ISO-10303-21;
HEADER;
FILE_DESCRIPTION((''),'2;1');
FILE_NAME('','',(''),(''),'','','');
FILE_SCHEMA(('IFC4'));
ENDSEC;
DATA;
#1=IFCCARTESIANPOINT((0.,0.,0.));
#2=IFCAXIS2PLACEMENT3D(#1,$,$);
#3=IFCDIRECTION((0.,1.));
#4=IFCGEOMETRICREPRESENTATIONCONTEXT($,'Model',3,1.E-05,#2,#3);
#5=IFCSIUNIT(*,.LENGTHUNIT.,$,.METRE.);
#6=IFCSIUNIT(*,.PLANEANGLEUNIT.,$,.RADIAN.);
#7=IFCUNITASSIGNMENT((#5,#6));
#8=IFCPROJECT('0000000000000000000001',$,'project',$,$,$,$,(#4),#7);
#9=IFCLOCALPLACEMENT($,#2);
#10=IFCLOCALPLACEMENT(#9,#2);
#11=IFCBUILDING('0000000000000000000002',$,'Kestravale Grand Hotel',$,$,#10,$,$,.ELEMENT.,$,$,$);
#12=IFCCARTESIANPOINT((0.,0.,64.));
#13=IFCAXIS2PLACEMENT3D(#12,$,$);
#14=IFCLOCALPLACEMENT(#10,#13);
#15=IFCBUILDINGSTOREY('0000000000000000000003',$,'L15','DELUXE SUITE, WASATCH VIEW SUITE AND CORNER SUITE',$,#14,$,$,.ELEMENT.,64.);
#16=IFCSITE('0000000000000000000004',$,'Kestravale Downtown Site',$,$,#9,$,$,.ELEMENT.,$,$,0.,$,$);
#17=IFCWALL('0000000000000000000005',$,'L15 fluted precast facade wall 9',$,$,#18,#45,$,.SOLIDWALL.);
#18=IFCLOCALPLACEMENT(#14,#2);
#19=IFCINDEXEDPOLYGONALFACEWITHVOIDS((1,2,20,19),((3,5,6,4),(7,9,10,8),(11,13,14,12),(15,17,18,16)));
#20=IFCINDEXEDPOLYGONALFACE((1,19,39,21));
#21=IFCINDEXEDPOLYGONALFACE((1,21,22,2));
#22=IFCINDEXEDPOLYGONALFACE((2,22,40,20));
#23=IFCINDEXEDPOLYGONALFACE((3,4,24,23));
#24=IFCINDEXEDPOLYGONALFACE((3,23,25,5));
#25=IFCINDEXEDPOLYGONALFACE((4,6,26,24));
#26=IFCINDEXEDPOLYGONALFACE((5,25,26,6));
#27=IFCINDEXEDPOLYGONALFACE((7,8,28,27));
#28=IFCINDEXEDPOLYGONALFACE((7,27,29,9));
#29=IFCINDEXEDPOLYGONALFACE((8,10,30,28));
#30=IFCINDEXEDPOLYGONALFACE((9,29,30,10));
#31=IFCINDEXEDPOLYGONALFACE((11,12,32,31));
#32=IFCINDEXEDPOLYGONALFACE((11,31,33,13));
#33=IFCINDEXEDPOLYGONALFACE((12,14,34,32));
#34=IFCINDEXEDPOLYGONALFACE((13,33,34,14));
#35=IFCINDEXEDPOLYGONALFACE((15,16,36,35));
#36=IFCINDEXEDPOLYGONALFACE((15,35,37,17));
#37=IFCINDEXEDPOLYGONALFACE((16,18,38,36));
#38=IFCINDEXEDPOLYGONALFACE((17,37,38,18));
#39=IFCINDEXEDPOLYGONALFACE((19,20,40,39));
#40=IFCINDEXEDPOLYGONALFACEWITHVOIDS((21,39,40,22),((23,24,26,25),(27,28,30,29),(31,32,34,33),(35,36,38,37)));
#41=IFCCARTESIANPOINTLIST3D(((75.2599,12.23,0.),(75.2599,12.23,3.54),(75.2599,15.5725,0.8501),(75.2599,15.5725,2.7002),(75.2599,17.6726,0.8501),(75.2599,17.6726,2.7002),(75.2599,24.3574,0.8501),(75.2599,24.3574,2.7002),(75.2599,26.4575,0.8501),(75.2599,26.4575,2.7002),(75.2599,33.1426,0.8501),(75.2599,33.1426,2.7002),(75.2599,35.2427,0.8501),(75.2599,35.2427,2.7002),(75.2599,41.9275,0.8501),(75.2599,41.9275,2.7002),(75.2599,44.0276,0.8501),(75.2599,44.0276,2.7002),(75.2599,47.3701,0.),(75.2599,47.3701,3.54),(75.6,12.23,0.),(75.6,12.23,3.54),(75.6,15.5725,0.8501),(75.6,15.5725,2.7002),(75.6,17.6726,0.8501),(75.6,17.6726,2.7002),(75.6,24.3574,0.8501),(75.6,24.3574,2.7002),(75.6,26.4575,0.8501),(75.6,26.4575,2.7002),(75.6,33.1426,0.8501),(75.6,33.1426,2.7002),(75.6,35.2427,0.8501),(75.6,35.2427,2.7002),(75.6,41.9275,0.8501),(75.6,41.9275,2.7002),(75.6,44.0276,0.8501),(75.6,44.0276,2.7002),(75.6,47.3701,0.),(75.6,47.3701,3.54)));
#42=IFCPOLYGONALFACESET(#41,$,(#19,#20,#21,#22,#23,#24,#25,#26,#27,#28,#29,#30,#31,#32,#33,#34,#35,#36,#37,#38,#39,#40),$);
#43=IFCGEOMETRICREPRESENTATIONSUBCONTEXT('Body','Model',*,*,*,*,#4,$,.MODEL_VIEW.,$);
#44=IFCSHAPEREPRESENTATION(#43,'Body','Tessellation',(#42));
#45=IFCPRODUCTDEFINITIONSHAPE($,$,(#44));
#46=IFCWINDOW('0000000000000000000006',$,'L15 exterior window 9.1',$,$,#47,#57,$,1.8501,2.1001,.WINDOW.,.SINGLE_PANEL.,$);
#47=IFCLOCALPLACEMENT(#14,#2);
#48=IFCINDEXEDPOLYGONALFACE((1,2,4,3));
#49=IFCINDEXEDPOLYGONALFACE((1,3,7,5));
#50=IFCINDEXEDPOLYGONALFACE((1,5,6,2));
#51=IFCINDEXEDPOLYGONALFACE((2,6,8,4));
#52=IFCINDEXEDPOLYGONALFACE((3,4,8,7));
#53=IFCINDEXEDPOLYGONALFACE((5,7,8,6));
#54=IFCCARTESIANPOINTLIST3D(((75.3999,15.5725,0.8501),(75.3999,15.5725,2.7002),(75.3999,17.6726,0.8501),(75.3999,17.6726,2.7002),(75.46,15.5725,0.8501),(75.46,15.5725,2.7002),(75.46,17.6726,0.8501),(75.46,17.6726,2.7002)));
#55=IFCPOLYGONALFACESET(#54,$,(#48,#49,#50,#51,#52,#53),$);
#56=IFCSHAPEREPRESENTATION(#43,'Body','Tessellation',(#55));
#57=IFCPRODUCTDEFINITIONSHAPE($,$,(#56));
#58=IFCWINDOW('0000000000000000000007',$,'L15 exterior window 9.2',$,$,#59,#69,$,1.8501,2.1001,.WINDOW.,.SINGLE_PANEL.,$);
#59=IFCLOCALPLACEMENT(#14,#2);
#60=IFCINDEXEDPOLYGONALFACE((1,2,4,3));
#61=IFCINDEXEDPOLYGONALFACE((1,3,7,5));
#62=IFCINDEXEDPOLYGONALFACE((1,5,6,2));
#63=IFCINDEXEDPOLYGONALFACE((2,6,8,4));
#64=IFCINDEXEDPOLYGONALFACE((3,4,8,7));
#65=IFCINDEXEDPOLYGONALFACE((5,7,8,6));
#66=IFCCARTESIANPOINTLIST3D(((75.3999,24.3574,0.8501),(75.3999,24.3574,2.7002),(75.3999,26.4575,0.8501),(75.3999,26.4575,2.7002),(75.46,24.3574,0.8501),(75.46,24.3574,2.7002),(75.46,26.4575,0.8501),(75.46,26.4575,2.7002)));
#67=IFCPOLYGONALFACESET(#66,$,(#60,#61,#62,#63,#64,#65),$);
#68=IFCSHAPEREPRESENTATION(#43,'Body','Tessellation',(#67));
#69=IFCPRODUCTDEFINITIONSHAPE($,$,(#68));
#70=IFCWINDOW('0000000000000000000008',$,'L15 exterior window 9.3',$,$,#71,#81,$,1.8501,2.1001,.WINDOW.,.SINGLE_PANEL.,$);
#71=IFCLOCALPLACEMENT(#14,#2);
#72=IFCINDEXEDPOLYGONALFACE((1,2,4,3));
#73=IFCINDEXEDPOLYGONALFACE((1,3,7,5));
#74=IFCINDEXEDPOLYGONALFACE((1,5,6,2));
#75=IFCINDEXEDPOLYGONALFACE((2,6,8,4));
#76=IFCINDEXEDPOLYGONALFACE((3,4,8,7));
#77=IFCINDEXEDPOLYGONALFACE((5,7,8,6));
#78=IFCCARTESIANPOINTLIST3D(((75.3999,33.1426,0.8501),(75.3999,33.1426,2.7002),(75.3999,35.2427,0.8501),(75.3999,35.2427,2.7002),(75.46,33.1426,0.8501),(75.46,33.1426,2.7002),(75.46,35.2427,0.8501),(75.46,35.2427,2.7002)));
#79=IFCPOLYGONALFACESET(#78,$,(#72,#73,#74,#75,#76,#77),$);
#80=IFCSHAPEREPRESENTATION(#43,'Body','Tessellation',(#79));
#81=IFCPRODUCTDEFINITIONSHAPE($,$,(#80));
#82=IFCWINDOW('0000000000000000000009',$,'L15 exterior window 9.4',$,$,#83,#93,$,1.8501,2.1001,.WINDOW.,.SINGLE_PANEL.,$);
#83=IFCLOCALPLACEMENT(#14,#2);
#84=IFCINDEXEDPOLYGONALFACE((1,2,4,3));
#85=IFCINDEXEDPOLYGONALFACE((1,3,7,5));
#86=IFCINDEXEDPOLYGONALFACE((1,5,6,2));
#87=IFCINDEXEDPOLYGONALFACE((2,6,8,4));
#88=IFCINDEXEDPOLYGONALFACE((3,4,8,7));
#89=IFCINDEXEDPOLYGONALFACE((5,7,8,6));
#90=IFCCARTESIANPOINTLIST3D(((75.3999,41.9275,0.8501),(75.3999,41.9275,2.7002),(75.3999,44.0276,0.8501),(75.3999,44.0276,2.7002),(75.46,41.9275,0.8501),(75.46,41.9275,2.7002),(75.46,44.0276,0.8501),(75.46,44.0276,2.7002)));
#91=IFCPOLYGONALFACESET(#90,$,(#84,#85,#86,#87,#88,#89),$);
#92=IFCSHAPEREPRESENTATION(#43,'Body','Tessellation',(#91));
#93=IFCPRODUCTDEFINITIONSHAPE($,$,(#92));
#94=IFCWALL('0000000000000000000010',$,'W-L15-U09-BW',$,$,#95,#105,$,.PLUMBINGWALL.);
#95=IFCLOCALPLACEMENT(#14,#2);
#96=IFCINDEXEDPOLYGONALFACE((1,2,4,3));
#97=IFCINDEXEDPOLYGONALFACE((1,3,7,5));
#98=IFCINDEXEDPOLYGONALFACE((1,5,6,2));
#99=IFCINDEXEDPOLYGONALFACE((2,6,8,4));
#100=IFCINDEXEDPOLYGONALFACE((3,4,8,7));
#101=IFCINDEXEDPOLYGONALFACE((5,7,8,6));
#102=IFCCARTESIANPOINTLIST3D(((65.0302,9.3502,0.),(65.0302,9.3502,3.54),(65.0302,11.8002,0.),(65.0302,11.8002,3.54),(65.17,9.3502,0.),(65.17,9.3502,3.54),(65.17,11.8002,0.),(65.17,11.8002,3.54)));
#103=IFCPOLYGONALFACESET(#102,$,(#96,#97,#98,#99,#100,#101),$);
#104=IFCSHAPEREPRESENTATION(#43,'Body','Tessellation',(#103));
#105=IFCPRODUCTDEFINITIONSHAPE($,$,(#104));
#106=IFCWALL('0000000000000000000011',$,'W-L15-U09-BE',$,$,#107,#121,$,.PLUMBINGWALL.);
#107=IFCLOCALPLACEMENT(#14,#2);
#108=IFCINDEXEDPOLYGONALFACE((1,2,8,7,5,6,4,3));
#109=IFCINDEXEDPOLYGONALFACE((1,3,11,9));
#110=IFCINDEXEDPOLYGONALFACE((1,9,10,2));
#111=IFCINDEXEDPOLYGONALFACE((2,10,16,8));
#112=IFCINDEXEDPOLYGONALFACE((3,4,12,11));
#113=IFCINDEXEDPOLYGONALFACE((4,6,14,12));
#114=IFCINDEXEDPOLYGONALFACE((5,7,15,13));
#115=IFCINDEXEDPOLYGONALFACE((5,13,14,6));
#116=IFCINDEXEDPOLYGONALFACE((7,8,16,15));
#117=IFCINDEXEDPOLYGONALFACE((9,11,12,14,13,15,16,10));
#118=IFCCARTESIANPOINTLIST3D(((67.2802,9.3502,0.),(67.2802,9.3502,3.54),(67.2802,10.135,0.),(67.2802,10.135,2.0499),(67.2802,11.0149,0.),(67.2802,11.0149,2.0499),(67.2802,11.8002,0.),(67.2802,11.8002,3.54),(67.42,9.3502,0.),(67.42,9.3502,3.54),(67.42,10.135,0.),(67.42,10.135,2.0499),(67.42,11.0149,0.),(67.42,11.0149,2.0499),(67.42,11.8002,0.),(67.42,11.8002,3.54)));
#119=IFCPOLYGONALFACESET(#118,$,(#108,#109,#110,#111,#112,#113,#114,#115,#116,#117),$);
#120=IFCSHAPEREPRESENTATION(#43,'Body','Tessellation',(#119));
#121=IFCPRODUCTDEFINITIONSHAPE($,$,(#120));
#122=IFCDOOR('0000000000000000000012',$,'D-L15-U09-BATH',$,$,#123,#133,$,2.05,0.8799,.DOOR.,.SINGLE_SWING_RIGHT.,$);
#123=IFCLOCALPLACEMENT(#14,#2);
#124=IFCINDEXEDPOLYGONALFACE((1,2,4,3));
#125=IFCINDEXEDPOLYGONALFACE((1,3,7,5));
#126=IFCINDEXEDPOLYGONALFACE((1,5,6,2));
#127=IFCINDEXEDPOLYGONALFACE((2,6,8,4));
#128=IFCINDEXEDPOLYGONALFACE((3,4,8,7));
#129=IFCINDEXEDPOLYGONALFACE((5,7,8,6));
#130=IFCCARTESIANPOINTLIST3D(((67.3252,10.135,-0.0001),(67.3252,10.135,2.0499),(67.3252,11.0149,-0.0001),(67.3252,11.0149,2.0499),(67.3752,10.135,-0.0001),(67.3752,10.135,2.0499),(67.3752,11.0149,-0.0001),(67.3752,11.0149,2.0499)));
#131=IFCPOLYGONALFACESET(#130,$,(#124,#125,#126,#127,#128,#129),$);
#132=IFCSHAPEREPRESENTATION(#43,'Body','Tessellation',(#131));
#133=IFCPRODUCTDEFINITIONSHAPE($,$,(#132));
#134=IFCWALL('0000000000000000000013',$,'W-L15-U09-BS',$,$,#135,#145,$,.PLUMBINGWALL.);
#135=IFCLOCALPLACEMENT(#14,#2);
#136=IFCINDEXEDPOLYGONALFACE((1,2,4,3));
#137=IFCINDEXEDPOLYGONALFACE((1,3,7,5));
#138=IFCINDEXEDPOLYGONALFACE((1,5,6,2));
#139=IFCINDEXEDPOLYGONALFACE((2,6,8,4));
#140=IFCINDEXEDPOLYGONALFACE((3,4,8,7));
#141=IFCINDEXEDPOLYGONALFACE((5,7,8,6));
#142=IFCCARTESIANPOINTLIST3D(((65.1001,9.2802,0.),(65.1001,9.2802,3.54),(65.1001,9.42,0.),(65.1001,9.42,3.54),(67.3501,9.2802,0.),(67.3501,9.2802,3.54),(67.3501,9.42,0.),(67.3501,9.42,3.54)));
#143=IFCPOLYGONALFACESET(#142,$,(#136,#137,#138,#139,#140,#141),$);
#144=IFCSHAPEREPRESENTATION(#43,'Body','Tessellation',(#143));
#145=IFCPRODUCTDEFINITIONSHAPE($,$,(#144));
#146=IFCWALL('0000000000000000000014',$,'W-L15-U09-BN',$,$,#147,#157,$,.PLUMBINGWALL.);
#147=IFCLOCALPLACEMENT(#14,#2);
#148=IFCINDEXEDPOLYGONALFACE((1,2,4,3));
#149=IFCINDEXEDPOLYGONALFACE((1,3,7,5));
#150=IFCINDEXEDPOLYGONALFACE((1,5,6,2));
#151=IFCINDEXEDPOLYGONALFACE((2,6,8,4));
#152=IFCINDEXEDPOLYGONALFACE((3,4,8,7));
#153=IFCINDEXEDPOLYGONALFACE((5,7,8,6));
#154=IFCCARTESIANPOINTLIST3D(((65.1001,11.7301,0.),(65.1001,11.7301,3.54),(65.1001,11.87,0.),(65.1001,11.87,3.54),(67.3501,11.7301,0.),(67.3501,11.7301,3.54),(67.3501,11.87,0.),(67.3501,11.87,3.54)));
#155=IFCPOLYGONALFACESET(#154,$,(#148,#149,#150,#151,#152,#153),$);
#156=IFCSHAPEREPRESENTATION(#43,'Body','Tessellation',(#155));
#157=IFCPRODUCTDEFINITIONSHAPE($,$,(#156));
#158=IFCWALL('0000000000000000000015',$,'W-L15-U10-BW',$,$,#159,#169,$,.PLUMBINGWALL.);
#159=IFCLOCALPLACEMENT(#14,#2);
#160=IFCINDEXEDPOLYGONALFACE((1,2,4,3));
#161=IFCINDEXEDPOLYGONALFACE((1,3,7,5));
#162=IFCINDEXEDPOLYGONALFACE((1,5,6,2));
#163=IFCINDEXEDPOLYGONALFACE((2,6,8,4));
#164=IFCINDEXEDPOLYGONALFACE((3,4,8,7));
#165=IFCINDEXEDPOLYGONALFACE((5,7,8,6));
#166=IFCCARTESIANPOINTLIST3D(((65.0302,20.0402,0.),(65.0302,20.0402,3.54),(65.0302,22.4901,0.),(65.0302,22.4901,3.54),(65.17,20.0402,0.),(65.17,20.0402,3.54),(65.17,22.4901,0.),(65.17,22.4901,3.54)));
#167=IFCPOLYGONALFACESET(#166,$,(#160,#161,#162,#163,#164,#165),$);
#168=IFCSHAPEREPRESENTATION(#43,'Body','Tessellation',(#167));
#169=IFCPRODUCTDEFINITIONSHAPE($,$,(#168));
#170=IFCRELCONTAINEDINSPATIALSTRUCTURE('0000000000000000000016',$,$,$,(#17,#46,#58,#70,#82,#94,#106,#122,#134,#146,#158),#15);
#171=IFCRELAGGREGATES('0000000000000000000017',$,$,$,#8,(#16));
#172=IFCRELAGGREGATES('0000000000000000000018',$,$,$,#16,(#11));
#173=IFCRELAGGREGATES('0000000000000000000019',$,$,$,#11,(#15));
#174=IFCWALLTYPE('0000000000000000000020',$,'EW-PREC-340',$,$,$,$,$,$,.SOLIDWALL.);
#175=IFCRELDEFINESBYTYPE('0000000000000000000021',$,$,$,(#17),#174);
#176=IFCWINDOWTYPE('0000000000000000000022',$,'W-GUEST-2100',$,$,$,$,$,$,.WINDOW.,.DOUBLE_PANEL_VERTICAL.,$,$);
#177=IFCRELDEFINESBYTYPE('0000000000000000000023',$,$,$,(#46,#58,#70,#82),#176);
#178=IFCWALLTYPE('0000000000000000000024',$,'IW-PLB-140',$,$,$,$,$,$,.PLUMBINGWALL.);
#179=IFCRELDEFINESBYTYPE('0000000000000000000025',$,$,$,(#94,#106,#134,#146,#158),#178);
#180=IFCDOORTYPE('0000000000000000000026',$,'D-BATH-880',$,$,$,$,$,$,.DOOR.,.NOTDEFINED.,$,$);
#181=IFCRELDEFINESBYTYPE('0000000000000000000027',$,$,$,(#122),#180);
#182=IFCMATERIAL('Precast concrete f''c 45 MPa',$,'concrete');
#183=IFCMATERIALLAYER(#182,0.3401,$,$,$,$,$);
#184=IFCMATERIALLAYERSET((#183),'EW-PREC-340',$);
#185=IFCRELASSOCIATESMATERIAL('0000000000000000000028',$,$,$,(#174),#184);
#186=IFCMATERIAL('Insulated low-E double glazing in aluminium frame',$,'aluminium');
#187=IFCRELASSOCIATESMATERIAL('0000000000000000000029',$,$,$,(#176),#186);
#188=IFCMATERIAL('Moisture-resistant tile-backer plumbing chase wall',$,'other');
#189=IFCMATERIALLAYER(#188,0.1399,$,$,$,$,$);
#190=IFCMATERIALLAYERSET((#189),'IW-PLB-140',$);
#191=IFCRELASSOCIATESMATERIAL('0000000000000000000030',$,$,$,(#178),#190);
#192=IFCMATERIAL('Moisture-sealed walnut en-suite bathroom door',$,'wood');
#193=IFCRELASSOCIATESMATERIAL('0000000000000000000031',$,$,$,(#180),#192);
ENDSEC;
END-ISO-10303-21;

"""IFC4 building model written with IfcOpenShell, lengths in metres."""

from ifc_helpers import new_model, si_unit, direction, frame, frame_2d, origin, place, context, subcontext, project, spatial, rectangle, extrude, material, layer, layer_set, type_object, element, fill, save


model = new_model("IFC4")

# Units and contexts
model_context = context("Model", 3, precision=1e-05, world=origin(), true_north=direction((0.0, 1.0)))
body_context = subcontext(model_context, "Body", "Model", "MODEL_VIEW")
ifc_project = project(units=[si_unit("LENGTHUNIT", "METRE"), si_unit("PLANEANGLEUNIT", "RADIAN")], contexts=[model_context])

# Site, building, storey
site_placement = place(None, origin())
site = spatial("IfcSite", under=ifc_project, at=site_placement, Name="Kestravale Downtown Site", CompositionType="ELEMENT", RefElevation=0.0)
building_placement = place(site_placement, origin())
building = spatial("IfcBuilding", under=site, at=building_placement, Name="Kestravale Grand Hotel", CompositionType="ELEMENT")
storey_placement = place(building_placement, frame((0.0, 0.0, 64.0)))
storey = spatial("IfcBuildingStorey", under=building, at=storey_placement, Name="L15", Description="DELUXE SUITE, WASATCH VIEW SUITE AND CORNER SUITE", CompositionType="ELEMENT", Elevation=64.0)

# Shared definitions
ifc_material_1 = material(Name="Precast concrete f'c 45 MPa", Category="concrete")
ifc_layer_1 = layer(ifc_material_1, 0.3401)
ifc_layer_set_1 = layer_set([ifc_layer_1], Name="EW-PREC-340")
wall_type_1 = type_object("IfcWallType", Name="EW-PREC-340", PredefinedType="SOLIDWALL", material=ifc_layer_set_1)
ifc_material_2 = material(Name="Insulated low-E double glazing in aluminium frame", Category="aluminium")
window_type = type_object("IfcWindowType", Name="W-GUEST-2100", PartitioningType="DOUBLE_PANEL_VERTICAL", PredefinedType="WINDOW", material=ifc_material_2)

# Wall, openings, windows
wall_1_placement = place(storey_placement, frame((75.4299, 12.23, 0.0), z_axis=(0.0, 0.0, 1.0), x_axis=(0.0, 1.0, 0.0)))
wall_1 = element("IfcWall", 1, at=wall_1_placement, inside=storey, type_object=wall_type_1, Name="L15 fluted precast facade wall 9", PredefinedType="SOLIDWALL", context=body_context, shape_type="SweptSolid", body=[
    extrude(rectangle(XDim=35.1401, YDim=0.3401, at=frame_2d((17.5701, 0.0))), origin(), (0.0, 0.0, 1.0), 3.54),
])
opening_1_placement = place(wall_1_placement, frame((3.3425, 0.0, 0.8501)))
opening_1 = element("IfcOpeningElement", 2, at=opening_1_placement, cuts=wall_1, PredefinedType="OPENING", context=body_context, shape_type="SweptSolid", body=[
    extrude(rectangle(XDim=2.1001, YDim=1.8501, at=frame_2d((1.05, 0.925))), frame((0.0, 0.1799, 0.0), z_axis=(0.0, -1.0, 0.0), x_axis=(1.0, 0.0, 0.0)), (0.0, 0.0, 1.0), 0.3601),
])
opening_2_placement = place(wall_1_placement, frame((12.1274, 0.0, 0.8501)))
opening_2 = element("IfcOpeningElement", 3, at=opening_2_placement, cuts=wall_1, PredefinedType="OPENING", context=body_context, shape_type="SweptSolid", body=[
    extrude(rectangle(XDim=2.1001, YDim=1.8501, at=frame_2d((1.05, 0.925))), frame((0.0, 0.1799, 0.0), z_axis=(0.0, -1.0, 0.0), x_axis=(1.0, 0.0, 0.0)), (0.0, 0.0, 1.0), 0.3601),
])
opening_3_placement = place(wall_1_placement, frame((20.9126, 0.0, 0.8501)))
opening_3 = element("IfcOpeningElement", 4, at=opening_3_placement, cuts=wall_1, PredefinedType="OPENING", context=body_context, shape_type="SweptSolid", body=[
    extrude(rectangle(XDim=2.1001, YDim=1.8501, at=frame_2d((1.05, 0.925))), frame((0.0, 0.1799, 0.0), z_axis=(0.0, -1.0, 0.0), x_axis=(1.0, 0.0, 0.0)), (0.0, 0.0, 1.0), 0.3601),
])
opening_4_placement = place(wall_1_placement, frame((29.6975, 0.0, 0.8501)))
opening_4 = element("IfcOpeningElement", 5, at=opening_4_placement, cuts=wall_1, PredefinedType="OPENING", context=body_context, shape_type="SweptSolid", body=[
    extrude(rectangle(XDim=2.1001, YDim=1.8501, at=frame_2d((1.05, 0.925))), frame((0.0, 0.1799, 0.0), z_axis=(0.0, -1.0, 0.0), x_axis=(1.0, 0.0, 0.0)), (0.0, 0.0, 1.0), 0.3601),
])
window_1_placement = place(opening_1_placement, origin())
window_1 = element("IfcWindow", 6, at=window_1_placement, inside=storey, type_object=window_type, Name="L15 exterior window 9.1", OverallHeight=1.8501, OverallWidth=2.1001, PartitioningType="SINGLE_PANEL", PredefinedType="WINDOW", context=body_context, shape_type="SweptSolid", body=[
    extrude(rectangle(XDim=2.1001, YDim=1.8501, at=frame_2d((1.05, 0.925))), frame((0.0, 0.03, 0.0), z_axis=(0.0, -1.0, 0.0), x_axis=(1.0, 0.0, 0.0)), (0.0, 0.0, 1.0), 0.0601),
])
fill(opening_1, window_1)
window_2_placement = place(opening_2_placement, origin())
window_2 = element("IfcWindow", 7, at=window_2_placement, inside=storey, type_object=window_type, Name="L15 exterior window 9.2", OverallHeight=1.8501, OverallWidth=2.1001, PartitioningType="SINGLE_PANEL", PredefinedType="WINDOW", context=body_context, shape_type="SweptSolid", body=[
    extrude(rectangle(XDim=2.1001, YDim=1.8501, at=frame_2d((1.05, 0.925))), frame((0.0, 0.03, 0.0), z_axis=(0.0, -1.0, 0.0), x_axis=(1.0, 0.0, 0.0)), (0.0, 0.0, 1.0), 0.0601),
])
fill(opening_2, window_2)
window_3_placement = place(opening_3_placement, origin())
window_3 = element("IfcWindow", 8, at=window_3_placement, inside=storey, type_object=window_type, Name="L15 exterior window 9.3", OverallHeight=1.8501, OverallWidth=2.1001, PartitioningType="SINGLE_PANEL", PredefinedType="WINDOW", context=body_context, shape_type="SweptSolid", body=[
    extrude(rectangle(XDim=2.1001, YDim=1.8501, at=frame_2d((1.05, 0.925))), frame((0.0, 0.03, 0.0), z_axis=(0.0, -1.0, 0.0), x_axis=(1.0, 0.0, 0.0)), (0.0, 0.0, 1.0), 0.0601),
])
fill(opening_3, window_3)
window_4_placement = place(opening_4_placement, origin())
window_4 = element("IfcWindow", 9, at=window_4_placement, inside=storey, type_object=window_type, Name="L15 exterior window 9.4", OverallHeight=1.8501, OverallWidth=2.1001, PartitioningType="SINGLE_PANEL", PredefinedType="WINDOW", context=body_context, shape_type="SweptSolid", body=[
    extrude(rectangle(XDim=2.1001, YDim=1.8501, at=frame_2d((1.05, 0.925))), frame((0.0, 0.03, 0.0), z_axis=(0.0, -1.0, 0.0), x_axis=(1.0, 0.0, 0.0)), (0.0, 0.0, 1.0), 0.0601),
])
fill(opening_4, window_4)

# Wall
ifc_material_3 = material(Name="Moisture-resistant tile-backer plumbing chase wall", Category="other")
ifc_layer_2 = layer(ifc_material_3, 0.1399)
ifc_layer_set_2 = layer_set([ifc_layer_2], Name="IW-PLB-140")
wall_type_2 = type_object("IfcWallType", Name="IW-PLB-140", PredefinedType="PLUMBINGWALL", material=ifc_layer_set_2)
wall_2_placement = place(storey_placement, frame((65.1001, 9.3501, 0.0), z_axis=(0.0, 0.0, 1.0), x_axis=(0.0, 1.0, 0.0)))
element("IfcWall", 10, at=wall_2_placement, inside=storey, type_object=wall_type_2, Name="W-L15-U09-BW", PredefinedType="PLUMBINGWALL", context=body_context, shape_type="SweptSolid", body=[
    extrude(rectangle(XDim=2.45, YDim=0.1399, at=frame_2d((1.2251, 0.0))), origin(), (0.0, 0.0, 1.0), 3.54),
])

# Wall, opening, door
wall_3_placement = place(storey_placement, frame((67.3501, 9.3501, 0.0), z_axis=(0.0, 0.0, 1.0), x_axis=(0.0, 1.0, 0.0)))
wall_3 = element("IfcWall", 11, at=wall_3_placement, inside=storey, type_object=wall_type_2, Name="W-L15-U09-BE", PredefinedType="PLUMBINGWALL", context=body_context, shape_type="SweptSolid", body=[
    extrude(rectangle(XDim=2.45, YDim=0.1399, at=frame_2d((1.2251, 0.0))), origin(), (0.0, 0.0, 1.0), 3.54),
])
opening_5_placement = place(wall_3_placement, frame((0.7849, 0.0, 0.0)))
opening_5 = element("IfcOpeningElement", 12, at=opening_5_placement, cuts=wall_3, PredefinedType="OPENING", context=body_context, shape_type="SweptSolid", body=[
    extrude(rectangle(XDim=0.8799, YDim=2.05, at=frame_2d((0.4399, 1.0249))), frame((0.0, 0.0798, 0.0), z_axis=(0.0, -1.0, 0.0), x_axis=(1.0, 0.0, 0.0)), (0.0, 0.0, 1.0), 0.1599),
])
ifc_material_4 = material(Name="Moisture-sealed walnut en-suite bathroom door", Category="wood")
door_type = type_object("IfcDoorType", Name="D-BATH-880", OperationType="NOTDEFINED", PredefinedType="DOOR", material=ifc_material_4)
door_1_placement = place(opening_5_placement, origin())
door_1 = element("IfcDoor", 13, at=door_1_placement, inside=storey, type_object=door_type, Name="D-L15-U09-BATH", OperationType="SINGLE_SWING_RIGHT", OverallHeight=2.05, OverallWidth=0.8799, PredefinedType="DOOR", context=body_context, shape_type="SweptSolid", body=[
    extrude(rectangle(XDim=0.8799, YDim=2.05, at=frame_2d((0.4399, 1.0249))), frame((0.0, 0.0249, 0.0), z_axis=(0.0, -1.0, 0.0), x_axis=(1.0, 0.0, 0.0)), (0.0, 0.0, 1.0), 0.05),
])
fill(opening_5, door_1)

# Walls
for number, where, z_axis, x_axis, name in (
    (14, (65.1001, 9.3501, 0.0), (0.0, 0.0, 1.0), (1.0, 0.0, 0.0), "W-L15-U09-BS"),
    (15, (65.1001, 11.8, 0.0), (0.0, 0.0, 1.0), (1.0, 0.0, 0.0), "W-L15-U09-BN"),
):
    element("IfcWall", number, at=place(storey_placement, frame(where, z_axis=z_axis, x_axis=x_axis)), inside=storey, type_object=wall_type_2, Name=name, PredefinedType="PLUMBINGWALL", context=body_context, shape_type="SweptSolid", body=[
        extrude(rectangle(XDim=2.25, YDim=0.1399, at=frame_2d((1.125, 0.0))), origin(), (0.0, 0.0, 1.0), 3.54),
    ])
wall_4_placement = place(storey_placement, frame((65.1001, 20.04, 0.0), z_axis=(0.0, 0.0, 1.0), x_axis=(0.0, 1.0, 0.0)))
element("IfcWall", 16, at=wall_4_placement, inside=storey, type_object=wall_type_2, Name="W-L15-U10-BW", PredefinedType="PLUMBINGWALL", context=body_context, shape_type="SweptSolid", body=[
    extrude(rectangle(XDim=2.45, YDim=0.1399, at=frame_2d((1.2251, 0.0))), origin(), (0.0, 0.0, 1.0), 3.54),
])

save(model, "model.ifc")
